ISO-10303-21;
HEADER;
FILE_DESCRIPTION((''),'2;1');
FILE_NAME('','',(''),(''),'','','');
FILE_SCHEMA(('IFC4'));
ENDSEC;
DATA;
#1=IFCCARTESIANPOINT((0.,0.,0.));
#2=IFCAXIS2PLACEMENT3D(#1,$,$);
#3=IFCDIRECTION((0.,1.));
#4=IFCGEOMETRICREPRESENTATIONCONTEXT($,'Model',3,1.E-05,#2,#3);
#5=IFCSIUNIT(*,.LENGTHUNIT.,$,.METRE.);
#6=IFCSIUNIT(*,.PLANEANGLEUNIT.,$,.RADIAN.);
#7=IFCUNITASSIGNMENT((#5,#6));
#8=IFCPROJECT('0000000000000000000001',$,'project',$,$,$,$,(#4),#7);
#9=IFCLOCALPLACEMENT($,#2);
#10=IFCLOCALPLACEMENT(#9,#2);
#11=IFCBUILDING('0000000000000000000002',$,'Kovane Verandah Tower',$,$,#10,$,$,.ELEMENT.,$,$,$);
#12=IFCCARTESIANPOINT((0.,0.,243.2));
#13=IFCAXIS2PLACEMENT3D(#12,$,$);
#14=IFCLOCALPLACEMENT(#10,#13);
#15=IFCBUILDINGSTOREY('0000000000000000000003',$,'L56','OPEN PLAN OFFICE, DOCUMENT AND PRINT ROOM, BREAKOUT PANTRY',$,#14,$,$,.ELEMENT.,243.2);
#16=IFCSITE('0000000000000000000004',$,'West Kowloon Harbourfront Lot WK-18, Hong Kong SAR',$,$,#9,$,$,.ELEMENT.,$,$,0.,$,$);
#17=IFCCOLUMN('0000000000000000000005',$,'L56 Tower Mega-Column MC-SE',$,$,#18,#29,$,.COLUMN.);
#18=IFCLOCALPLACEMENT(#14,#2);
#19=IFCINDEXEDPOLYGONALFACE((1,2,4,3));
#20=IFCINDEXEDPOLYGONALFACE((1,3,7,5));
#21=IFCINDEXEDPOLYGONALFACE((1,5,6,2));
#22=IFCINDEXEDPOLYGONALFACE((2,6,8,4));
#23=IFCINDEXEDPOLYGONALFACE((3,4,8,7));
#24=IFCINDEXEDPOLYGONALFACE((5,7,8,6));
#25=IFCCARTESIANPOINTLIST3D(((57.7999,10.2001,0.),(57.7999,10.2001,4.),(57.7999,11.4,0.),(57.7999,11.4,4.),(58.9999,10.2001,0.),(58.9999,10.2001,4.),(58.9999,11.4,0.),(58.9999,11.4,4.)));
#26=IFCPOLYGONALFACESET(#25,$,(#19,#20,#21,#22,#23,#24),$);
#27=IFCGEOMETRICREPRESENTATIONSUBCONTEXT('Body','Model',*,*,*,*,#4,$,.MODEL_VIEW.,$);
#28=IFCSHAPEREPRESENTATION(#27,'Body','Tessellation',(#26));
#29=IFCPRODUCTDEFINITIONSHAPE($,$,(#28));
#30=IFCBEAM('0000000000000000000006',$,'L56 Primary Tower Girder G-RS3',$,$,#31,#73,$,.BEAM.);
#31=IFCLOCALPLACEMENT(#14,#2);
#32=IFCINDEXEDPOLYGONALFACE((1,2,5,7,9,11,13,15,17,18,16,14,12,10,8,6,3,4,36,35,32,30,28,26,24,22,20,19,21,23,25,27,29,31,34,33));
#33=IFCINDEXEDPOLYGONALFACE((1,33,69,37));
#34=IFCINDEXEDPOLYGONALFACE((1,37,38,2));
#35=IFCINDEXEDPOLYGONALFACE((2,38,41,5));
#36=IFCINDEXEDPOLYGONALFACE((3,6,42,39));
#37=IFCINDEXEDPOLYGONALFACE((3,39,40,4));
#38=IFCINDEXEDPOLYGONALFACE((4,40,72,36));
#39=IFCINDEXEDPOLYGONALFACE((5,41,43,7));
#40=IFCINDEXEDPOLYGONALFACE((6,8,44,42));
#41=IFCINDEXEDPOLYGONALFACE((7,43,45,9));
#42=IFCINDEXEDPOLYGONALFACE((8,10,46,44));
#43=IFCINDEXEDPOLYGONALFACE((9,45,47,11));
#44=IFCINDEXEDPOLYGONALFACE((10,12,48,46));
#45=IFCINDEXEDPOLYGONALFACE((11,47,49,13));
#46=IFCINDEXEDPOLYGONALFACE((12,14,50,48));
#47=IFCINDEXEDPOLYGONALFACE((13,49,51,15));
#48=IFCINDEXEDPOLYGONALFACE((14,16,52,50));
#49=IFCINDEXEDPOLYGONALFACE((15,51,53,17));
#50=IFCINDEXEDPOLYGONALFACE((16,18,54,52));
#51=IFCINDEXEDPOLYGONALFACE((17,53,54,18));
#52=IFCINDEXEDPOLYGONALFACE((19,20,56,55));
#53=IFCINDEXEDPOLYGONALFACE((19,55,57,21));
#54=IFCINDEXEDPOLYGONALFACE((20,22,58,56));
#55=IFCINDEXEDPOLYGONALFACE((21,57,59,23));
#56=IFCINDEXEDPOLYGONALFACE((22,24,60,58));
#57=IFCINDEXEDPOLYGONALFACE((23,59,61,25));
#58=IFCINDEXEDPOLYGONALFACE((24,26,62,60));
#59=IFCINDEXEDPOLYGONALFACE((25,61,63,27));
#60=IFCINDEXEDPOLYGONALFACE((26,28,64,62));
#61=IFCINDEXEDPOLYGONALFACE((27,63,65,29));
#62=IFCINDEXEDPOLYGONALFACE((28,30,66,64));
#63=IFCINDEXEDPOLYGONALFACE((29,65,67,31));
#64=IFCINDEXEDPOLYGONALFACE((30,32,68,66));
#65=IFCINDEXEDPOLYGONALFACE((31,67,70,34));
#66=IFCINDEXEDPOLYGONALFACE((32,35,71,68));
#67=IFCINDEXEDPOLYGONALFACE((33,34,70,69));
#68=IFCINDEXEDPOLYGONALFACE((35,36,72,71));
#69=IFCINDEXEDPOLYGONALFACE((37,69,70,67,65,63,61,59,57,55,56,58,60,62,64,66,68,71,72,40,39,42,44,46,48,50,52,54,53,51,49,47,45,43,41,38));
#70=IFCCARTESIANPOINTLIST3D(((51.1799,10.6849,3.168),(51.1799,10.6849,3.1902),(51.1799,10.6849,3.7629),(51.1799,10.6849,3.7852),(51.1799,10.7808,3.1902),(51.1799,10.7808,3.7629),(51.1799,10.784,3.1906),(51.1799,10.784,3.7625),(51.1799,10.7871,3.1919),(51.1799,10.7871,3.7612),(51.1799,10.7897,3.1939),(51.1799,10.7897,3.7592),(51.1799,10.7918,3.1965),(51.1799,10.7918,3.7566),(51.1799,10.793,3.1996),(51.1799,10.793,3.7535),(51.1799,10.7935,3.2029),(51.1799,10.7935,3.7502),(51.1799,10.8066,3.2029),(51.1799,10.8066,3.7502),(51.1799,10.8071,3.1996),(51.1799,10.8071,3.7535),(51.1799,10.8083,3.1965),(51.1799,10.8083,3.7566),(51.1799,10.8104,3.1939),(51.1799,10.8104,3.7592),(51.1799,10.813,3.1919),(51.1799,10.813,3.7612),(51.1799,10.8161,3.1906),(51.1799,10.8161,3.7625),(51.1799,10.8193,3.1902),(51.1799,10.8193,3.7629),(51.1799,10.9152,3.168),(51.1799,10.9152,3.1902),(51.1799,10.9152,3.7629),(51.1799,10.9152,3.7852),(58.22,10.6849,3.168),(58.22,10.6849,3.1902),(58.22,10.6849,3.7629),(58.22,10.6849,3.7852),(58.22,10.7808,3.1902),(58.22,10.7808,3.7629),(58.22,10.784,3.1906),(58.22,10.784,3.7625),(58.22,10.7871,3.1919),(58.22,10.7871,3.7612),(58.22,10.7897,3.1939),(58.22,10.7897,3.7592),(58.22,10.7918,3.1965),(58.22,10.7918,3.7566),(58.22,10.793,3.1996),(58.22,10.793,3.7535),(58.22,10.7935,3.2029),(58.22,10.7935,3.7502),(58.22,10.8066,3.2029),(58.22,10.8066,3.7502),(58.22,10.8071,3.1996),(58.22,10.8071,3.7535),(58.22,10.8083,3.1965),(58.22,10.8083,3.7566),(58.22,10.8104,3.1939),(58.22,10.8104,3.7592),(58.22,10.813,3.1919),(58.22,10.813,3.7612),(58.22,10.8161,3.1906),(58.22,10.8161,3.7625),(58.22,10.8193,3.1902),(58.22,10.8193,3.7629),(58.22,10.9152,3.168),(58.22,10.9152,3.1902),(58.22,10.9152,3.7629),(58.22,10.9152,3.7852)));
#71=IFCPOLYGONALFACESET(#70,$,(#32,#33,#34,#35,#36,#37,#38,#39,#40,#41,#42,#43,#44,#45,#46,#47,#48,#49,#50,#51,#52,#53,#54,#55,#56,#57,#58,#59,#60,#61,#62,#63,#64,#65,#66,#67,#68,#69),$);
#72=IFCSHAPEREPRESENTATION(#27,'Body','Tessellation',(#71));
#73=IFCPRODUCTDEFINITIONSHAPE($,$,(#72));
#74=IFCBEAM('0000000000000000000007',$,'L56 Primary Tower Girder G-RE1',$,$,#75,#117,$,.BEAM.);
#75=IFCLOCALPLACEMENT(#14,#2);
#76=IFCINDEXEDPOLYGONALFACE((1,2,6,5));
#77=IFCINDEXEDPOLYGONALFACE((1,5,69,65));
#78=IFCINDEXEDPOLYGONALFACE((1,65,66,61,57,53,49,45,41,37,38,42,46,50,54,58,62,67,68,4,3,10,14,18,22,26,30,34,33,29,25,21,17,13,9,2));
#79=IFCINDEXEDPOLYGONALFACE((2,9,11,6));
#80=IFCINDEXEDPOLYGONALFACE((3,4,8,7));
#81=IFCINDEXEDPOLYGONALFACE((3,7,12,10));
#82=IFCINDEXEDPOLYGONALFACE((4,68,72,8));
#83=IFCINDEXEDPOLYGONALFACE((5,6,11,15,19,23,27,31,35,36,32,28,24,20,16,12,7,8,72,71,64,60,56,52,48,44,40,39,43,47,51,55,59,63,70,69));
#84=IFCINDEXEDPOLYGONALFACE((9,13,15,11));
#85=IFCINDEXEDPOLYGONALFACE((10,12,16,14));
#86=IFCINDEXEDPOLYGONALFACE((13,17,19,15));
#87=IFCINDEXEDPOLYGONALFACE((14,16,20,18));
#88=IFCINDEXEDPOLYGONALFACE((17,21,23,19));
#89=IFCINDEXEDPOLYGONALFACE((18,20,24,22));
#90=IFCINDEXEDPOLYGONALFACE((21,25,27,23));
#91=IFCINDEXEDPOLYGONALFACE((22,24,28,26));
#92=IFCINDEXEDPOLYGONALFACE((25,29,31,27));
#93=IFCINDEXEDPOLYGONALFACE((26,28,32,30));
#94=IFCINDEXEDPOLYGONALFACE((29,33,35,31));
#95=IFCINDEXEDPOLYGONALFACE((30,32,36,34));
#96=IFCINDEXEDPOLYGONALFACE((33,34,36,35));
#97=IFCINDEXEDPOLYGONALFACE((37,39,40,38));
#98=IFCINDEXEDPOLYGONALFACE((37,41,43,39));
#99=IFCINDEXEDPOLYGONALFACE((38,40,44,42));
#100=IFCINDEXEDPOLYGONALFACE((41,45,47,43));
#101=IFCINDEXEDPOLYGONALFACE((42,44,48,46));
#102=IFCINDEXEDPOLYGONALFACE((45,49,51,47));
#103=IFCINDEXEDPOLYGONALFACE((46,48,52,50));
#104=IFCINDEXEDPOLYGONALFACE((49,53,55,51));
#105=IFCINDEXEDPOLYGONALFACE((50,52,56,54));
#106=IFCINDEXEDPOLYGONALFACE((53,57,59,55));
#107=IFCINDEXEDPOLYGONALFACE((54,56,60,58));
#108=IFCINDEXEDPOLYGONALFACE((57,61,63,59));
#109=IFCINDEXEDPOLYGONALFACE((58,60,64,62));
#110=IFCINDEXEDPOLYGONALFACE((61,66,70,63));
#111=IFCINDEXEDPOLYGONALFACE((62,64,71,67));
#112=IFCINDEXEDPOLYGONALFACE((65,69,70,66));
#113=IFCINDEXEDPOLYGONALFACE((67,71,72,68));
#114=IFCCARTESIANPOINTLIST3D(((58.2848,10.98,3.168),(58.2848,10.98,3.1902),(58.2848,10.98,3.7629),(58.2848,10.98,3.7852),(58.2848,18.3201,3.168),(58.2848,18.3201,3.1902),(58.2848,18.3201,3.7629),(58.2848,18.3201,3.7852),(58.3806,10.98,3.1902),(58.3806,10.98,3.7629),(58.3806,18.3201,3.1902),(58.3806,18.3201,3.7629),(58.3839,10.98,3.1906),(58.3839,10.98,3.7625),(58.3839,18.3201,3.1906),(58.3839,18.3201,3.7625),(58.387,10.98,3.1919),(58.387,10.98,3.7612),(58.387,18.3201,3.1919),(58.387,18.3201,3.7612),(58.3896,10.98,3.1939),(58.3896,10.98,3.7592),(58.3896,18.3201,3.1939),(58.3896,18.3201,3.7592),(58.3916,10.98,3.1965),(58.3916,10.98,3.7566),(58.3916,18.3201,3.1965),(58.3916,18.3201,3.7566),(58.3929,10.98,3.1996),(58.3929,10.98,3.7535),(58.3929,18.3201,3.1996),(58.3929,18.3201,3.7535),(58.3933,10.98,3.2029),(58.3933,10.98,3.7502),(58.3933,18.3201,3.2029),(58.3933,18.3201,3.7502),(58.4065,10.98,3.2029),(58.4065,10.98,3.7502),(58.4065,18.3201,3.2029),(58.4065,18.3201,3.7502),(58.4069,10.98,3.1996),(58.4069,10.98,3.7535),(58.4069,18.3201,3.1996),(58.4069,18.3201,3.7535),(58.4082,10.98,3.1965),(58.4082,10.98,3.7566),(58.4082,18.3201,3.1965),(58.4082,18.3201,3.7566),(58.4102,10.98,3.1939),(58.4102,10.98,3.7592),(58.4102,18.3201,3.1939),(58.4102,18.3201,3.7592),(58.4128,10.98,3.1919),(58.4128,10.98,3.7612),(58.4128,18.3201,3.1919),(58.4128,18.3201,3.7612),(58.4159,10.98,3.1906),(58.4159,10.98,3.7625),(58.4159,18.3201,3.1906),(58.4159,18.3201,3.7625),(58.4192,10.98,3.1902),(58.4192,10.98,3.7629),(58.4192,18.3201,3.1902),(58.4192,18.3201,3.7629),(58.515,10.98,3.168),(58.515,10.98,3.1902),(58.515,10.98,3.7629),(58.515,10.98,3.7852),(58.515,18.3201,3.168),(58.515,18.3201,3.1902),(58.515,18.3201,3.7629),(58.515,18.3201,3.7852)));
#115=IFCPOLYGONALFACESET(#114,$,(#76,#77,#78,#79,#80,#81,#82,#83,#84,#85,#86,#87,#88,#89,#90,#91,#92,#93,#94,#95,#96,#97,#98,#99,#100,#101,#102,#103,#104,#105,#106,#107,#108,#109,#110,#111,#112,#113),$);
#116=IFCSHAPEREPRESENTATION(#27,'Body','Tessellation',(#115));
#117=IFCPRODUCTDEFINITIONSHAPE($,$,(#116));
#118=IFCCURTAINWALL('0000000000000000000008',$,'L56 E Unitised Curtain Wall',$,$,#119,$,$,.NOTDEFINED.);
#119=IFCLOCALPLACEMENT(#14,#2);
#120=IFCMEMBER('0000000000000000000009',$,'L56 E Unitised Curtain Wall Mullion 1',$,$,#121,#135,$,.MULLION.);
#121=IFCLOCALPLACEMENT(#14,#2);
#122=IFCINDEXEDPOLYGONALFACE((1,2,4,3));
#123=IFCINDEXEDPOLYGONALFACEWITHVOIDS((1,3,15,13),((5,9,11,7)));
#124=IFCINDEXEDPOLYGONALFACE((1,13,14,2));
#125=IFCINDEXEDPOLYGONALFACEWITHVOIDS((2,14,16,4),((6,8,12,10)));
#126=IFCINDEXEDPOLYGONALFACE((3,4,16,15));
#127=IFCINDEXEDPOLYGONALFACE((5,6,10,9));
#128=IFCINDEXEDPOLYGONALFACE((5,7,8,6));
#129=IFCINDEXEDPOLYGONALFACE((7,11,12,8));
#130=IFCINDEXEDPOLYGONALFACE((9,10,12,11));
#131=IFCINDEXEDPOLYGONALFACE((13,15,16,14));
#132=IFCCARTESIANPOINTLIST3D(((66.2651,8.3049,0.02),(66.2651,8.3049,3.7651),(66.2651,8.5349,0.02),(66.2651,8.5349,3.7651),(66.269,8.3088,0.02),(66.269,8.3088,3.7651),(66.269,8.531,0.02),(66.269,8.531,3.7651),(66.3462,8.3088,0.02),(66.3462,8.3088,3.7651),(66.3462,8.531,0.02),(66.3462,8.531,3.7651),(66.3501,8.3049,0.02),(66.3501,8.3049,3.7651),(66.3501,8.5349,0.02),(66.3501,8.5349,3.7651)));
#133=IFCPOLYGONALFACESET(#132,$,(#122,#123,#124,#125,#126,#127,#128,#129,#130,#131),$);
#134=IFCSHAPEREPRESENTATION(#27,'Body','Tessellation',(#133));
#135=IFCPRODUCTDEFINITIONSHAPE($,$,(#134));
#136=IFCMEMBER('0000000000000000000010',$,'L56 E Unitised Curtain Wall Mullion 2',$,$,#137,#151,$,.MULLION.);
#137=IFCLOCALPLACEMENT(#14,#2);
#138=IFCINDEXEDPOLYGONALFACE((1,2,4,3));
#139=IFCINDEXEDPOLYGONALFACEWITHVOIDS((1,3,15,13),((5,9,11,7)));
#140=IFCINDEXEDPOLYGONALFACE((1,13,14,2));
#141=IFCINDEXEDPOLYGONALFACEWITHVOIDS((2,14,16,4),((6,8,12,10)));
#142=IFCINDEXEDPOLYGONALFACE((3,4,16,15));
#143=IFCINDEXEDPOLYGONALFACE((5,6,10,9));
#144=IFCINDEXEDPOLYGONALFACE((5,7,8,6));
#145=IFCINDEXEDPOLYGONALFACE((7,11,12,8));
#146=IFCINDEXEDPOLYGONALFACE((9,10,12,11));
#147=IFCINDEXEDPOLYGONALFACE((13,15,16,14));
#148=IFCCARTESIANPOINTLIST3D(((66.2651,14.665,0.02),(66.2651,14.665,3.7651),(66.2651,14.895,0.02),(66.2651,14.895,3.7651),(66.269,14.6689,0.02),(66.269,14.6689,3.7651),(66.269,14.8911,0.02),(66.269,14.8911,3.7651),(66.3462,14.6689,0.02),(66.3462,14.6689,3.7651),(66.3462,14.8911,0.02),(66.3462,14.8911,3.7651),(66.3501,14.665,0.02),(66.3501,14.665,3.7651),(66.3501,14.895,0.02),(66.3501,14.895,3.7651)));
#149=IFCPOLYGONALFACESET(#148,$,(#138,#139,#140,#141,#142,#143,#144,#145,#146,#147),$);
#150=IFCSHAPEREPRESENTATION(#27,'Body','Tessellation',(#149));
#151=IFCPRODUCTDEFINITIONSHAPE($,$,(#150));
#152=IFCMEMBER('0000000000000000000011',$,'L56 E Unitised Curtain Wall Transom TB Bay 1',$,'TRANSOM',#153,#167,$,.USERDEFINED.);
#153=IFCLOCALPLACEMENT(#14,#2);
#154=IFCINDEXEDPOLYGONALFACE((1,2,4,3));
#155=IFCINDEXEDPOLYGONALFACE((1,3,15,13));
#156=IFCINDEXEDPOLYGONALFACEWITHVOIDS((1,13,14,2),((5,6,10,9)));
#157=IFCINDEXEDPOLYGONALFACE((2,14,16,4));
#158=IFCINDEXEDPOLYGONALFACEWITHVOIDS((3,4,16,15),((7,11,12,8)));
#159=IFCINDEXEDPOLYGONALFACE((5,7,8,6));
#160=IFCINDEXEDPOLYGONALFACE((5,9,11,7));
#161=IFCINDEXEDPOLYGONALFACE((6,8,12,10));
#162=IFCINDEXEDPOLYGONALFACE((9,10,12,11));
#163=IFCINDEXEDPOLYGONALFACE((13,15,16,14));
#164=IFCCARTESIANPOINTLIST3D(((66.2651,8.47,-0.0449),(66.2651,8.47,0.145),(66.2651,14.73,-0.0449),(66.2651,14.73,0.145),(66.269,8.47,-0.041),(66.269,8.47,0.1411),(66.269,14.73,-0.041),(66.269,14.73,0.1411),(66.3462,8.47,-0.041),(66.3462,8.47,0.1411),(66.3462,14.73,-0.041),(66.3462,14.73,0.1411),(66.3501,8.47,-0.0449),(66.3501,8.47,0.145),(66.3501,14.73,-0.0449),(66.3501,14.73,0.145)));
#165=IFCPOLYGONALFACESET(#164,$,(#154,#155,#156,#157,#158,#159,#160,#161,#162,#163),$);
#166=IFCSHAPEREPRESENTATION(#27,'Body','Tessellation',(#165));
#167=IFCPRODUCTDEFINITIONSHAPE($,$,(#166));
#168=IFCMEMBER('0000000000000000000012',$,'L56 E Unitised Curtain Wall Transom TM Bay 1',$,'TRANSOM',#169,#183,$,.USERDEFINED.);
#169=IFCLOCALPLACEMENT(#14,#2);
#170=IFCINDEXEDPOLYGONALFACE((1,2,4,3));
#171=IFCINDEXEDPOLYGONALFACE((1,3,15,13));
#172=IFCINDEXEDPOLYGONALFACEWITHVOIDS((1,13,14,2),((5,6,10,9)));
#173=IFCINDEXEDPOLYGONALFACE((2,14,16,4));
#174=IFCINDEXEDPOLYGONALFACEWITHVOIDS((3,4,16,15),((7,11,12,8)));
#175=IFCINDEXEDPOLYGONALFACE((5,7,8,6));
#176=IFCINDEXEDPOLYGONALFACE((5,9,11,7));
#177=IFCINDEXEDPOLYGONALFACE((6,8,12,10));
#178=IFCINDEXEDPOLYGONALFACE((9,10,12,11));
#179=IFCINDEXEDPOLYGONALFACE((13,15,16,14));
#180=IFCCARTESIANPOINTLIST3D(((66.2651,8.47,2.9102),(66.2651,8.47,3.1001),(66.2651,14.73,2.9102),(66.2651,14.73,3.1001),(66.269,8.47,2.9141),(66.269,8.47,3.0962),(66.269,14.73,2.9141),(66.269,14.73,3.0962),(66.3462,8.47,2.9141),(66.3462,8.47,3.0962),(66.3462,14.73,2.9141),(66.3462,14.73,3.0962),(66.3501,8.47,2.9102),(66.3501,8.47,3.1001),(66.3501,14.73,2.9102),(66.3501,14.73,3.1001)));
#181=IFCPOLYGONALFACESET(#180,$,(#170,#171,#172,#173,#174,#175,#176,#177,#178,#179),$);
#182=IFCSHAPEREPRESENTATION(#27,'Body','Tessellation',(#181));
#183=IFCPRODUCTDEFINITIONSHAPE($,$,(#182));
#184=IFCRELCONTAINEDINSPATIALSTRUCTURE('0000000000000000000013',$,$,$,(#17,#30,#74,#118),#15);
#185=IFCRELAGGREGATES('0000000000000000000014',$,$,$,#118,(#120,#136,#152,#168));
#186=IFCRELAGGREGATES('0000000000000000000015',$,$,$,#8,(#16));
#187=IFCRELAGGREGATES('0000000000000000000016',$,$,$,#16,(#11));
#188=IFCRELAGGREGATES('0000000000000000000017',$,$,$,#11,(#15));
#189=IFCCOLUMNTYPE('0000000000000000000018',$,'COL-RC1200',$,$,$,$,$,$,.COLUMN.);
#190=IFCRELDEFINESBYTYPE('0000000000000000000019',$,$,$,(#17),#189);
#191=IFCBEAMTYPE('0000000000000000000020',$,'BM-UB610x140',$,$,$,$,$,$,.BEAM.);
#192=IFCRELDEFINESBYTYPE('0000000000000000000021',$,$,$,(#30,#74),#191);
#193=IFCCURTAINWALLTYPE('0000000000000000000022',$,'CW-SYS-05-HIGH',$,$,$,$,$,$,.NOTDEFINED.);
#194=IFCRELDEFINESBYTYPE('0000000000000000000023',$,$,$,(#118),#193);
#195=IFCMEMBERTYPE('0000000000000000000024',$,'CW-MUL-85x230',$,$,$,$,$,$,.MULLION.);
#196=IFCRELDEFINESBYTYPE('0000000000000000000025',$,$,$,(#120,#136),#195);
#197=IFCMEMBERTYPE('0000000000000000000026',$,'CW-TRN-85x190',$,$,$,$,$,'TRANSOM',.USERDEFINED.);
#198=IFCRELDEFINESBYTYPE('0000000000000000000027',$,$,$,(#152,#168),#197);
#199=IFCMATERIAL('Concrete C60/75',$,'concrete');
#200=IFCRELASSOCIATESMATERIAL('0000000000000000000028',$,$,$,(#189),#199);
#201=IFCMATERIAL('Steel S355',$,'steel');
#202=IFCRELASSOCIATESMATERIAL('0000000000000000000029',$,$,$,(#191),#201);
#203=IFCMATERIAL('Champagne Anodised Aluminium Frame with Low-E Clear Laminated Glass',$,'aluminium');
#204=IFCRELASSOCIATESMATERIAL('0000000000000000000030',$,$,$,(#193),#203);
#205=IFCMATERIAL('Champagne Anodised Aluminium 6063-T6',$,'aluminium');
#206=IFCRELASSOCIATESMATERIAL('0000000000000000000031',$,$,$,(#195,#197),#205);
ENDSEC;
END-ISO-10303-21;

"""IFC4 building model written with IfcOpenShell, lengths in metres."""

from ifc_helpers import new_model, si_unit, direction, frame, origin, origin_2d, place, context, subcontext, project, spatial, rectangle, hollow_rectangle, i_section, extrude, material, material_profile, profile_set, type_object, element, aggregate, save


model = new_model("IFC4")

# Units and contexts
model_context = context("Model", 3, precision=1e-05, world=origin(), true_north=direction((0.0, 1.0)))
body_context = subcontext(model_context, "Body", "Model", "MODEL_VIEW")
ifc_project = project(units=[si_unit("LENGTHUNIT", "METRE"), si_unit("PLANEANGLEUNIT", "RADIAN")], contexts=[model_context])

# Site, building, storey
site_placement = place(None, origin())
site = spatial("IfcSite", under=ifc_project, at=site_placement, Name="West Kowloon Harbourfront Lot WK-18, Hong Kong SAR", CompositionType="ELEMENT", RefElevation=0.0)
building_placement = place(site_placement, origin())
building = spatial("IfcBuilding", under=site, at=building_placement, Name="Kovane Verandah Tower", CompositionType="ELEMENT")
storey_placement = place(building_placement, frame((0.0, 0.0, 243.2)))
storey = spatial("IfcBuildingStorey", under=building, at=storey_placement, Name="L56", Description="OPEN PLAN OFFICE, DOCUMENT AND PRINT ROOM, BREAKOUT PANTRY", CompositionType="ELEMENT", Elevation=243.2)

# Column
ifc_material_1 = material(Name="Concrete C60/75", Category="concrete")
ifc_material_profile_1 = material_profile(ifc_material_1, rectangle(XDim=1.2, YDim=1.2, at=origin_2d()), Name="RC1200x1200")
ifc_profile_set_1 = profile_set([ifc_material_profile_1], Name="Concrete C60/75")
column_type = type_object("IfcColumnType", Name="COL-RC1200", PredefinedType="COLUMN", material=ifc_profile_set_1)
column_placement = place(storey_placement, frame((58.3999, 10.8, 0.0), z_axis=(0.0, 0.0, 1.0), x_axis=(1.0, 0.0, 0.0)))
element("IfcColumn", 1, at=column_placement, inside=storey, type_object=column_type, Name="L56 Tower Mega-Column MC-SE", PredefinedType="COLUMN", context=body_context, shape_type="SweptSolid", body=[
    extrude(rectangle(XDim=1.2, YDim=1.2, at=origin_2d()), origin(), (0.0, 0.0, 1.0), 4.0),
])

# Beams
ifc_material_2 = material(Name="Steel S355", Category="steel")
ifc_material_profile_2 = material_profile(ifc_material_2, i_section(OverallWidth=0.2302, OverallDepth=0.6172, WebThickness=0.0132, FlangeThickness=0.0222, FilletRadius=0.0127, at=origin_2d()), Name="UB610x229x140")
ifc_profile_set_2 = profile_set([ifc_material_profile_2], Name="Steel S355")
beam_type_1 = type_object("IfcBeamType", Name="BM-UB610x140", PredefinedType="BEAM", material=ifc_profile_set_2)
beam_1_placement = place(storey_placement, frame((51.1799, 10.8, 3.4766), z_axis=(1.0, 0.0, 0.0), x_axis=(0.0, 1.0, 0.0)))
element("IfcBeam", 2, at=beam_1_placement, inside=storey, type_object=beam_type_1, Name="L56 Primary Tower Girder G-RS3", PredefinedType="BEAM", context=body_context, shape_type="SweptSolid", body=[
    extrude(i_section(OverallWidth=0.2302, OverallDepth=0.6172, WebThickness=0.0132, FlangeThickness=0.0222, FilletRadius=0.0127, at=origin_2d()), origin(), (0.0, 0.0, 1.0), 7.04),
])
beam_2_placement = place(storey_placement, frame((58.3999, 10.98, 3.4766), z_axis=(0.0, 1.0, 0.0), x_axis=(-1.0, 0.0, 0.0)))
element("IfcBeam", 3, at=beam_2_placement, inside=storey, type_object=beam_type_1, Name="L56 Primary Tower Girder G-RE1", PredefinedType="BEAM", context=body_context, shape_type="SweptSolid", body=[
    extrude(i_section(OverallWidth=0.2302, OverallDepth=0.6172, WebThickness=0.0132, FlangeThickness=0.0222, FilletRadius=0.0127, at=origin_2d()), origin(), (0.0, 0.0, 1.0), 7.3401),
])

# Curtain wall, members
ifc_material_3 = material(Name="Champagne Anodised Aluminium Frame with Low-E Clear Laminated Glass", Category="aluminium")
curtain_wall_type = type_object("IfcCurtainWallType", Name="CW-SYS-05-HIGH", PredefinedType="NOTDEFINED", material=ifc_material_3)
curtain_wall_placement = place(storey_placement, origin())
curtain_wall = element("IfcCurtainWall", 4, at=curtain_wall_placement, inside=storey, type_object=curtain_wall_type, Name="L56 E Unitised Curtain Wall", PredefinedType="NOTDEFINED")
ifc_material_4 = material(Name="Champagne Anodised Aluminium 6063-T6", Category="aluminium")
ifc_material_profile_3 = material_profile(ifc_material_4, hollow_rectangle(XDim=0.085, YDim=0.23, WallThickness=0.0039, at=origin_2d()), Name="AL85x230x4")
ifc_profile_set_3 = profile_set([ifc_material_profile_3], Name="Champagne Anodised Aluminium 6063-T6")
member_type_1 = type_object("IfcMemberType", Name="CW-MUL-85x230", PredefinedType="MULLION", material=ifc_profile_set_3)
member_1_placement = place(storey_placement, frame((66.3076, 8.4199, 0.02), z_axis=(0.0, 0.0, 1.0), x_axis=(1.0, 0.0, 0.0)))
member_1 = element("IfcMember", 5, at=member_1_placement, type_object=member_type_1, Name="L56 E Unitised Curtain Wall Mullion 1", PredefinedType="MULLION", context=body_context, shape_type="SweptSolid", body=[
    extrude(hollow_rectangle(XDim=0.085, YDim=0.23, WallThickness=0.0039, at=origin_2d()), origin(), (0.0, 0.0, 1.0), 3.7451),
])
member_2_placement = place(storey_placement, frame((66.3076, 14.78, 0.02), z_axis=(0.0, 0.0, 1.0), x_axis=(1.0, 0.0, 0.0)))
member_2 = element("IfcMember", 6, at=member_2_placement, type_object=member_type_1, Name="L56 E Unitised Curtain Wall Mullion 2", PredefinedType="MULLION", context=body_context, shape_type="SweptSolid", body=[
    extrude(hollow_rectangle(XDim=0.085, YDim=0.23, WallThickness=0.0039, at=origin_2d()), origin(), (0.0, 0.0, 1.0), 3.7451),
])
ifc_material_profile_4 = material_profile(ifc_material_4, hollow_rectangle(XDim=0.085, YDim=0.1899, WallThickness=0.0039, at=origin_2d()), Name="AL85x190x4")
ifc_profile_set_4 = profile_set([ifc_material_profile_4], Name="Champagne Anodised Aluminium 6063-T6")
member_type_2 = type_object("IfcMemberType", Name="CW-TRN-85x190", ElementType="TRANSOM", PredefinedType="USERDEFINED", material=ifc_profile_set_4)
member_3_placement = place(storey_placement, frame((66.3076, 8.47, 0.05), z_axis=(0.0, 1.0, 0.0), x_axis=(-1.0, 0.0, 0.0)))
member_3 = element("IfcMember", 7, at=member_3_placement, type_object=member_type_2, Name="L56 E Unitised Curtain Wall Transom TB Bay 1", ObjectType="TRANSOM", PredefinedType="USERDEFINED", context=body_context, shape_type="SweptSolid", body=[
    extrude(hollow_rectangle(XDim=0.085, YDim=0.1899, WallThickness=0.0039, at=origin_2d()), origin(), (0.0, 0.0, 1.0), 6.26),
])
member_4_placement = place(storey_placement, frame((66.3076, 8.47, 3.0051), z_axis=(0.0, 1.0, 0.0), x_axis=(-1.0, 0.0, 0.0)))
member_4 = element("IfcMember", 8, at=member_4_placement, type_object=member_type_2, Name="L56 E Unitised Curtain Wall Transom TM Bay 1", ObjectType="TRANSOM", PredefinedType="USERDEFINED", context=body_context, shape_type="SweptSolid", body=[
    extrude(hollow_rectangle(XDim=0.085, YDim=0.1899, WallThickness=0.0039, at=origin_2d()), origin(), (0.0, 0.0, 1.0), 6.26),
])

aggregate(curtain_wall, [member_1, member_2, member_3, member_4])

save(model, "model.ifc")
